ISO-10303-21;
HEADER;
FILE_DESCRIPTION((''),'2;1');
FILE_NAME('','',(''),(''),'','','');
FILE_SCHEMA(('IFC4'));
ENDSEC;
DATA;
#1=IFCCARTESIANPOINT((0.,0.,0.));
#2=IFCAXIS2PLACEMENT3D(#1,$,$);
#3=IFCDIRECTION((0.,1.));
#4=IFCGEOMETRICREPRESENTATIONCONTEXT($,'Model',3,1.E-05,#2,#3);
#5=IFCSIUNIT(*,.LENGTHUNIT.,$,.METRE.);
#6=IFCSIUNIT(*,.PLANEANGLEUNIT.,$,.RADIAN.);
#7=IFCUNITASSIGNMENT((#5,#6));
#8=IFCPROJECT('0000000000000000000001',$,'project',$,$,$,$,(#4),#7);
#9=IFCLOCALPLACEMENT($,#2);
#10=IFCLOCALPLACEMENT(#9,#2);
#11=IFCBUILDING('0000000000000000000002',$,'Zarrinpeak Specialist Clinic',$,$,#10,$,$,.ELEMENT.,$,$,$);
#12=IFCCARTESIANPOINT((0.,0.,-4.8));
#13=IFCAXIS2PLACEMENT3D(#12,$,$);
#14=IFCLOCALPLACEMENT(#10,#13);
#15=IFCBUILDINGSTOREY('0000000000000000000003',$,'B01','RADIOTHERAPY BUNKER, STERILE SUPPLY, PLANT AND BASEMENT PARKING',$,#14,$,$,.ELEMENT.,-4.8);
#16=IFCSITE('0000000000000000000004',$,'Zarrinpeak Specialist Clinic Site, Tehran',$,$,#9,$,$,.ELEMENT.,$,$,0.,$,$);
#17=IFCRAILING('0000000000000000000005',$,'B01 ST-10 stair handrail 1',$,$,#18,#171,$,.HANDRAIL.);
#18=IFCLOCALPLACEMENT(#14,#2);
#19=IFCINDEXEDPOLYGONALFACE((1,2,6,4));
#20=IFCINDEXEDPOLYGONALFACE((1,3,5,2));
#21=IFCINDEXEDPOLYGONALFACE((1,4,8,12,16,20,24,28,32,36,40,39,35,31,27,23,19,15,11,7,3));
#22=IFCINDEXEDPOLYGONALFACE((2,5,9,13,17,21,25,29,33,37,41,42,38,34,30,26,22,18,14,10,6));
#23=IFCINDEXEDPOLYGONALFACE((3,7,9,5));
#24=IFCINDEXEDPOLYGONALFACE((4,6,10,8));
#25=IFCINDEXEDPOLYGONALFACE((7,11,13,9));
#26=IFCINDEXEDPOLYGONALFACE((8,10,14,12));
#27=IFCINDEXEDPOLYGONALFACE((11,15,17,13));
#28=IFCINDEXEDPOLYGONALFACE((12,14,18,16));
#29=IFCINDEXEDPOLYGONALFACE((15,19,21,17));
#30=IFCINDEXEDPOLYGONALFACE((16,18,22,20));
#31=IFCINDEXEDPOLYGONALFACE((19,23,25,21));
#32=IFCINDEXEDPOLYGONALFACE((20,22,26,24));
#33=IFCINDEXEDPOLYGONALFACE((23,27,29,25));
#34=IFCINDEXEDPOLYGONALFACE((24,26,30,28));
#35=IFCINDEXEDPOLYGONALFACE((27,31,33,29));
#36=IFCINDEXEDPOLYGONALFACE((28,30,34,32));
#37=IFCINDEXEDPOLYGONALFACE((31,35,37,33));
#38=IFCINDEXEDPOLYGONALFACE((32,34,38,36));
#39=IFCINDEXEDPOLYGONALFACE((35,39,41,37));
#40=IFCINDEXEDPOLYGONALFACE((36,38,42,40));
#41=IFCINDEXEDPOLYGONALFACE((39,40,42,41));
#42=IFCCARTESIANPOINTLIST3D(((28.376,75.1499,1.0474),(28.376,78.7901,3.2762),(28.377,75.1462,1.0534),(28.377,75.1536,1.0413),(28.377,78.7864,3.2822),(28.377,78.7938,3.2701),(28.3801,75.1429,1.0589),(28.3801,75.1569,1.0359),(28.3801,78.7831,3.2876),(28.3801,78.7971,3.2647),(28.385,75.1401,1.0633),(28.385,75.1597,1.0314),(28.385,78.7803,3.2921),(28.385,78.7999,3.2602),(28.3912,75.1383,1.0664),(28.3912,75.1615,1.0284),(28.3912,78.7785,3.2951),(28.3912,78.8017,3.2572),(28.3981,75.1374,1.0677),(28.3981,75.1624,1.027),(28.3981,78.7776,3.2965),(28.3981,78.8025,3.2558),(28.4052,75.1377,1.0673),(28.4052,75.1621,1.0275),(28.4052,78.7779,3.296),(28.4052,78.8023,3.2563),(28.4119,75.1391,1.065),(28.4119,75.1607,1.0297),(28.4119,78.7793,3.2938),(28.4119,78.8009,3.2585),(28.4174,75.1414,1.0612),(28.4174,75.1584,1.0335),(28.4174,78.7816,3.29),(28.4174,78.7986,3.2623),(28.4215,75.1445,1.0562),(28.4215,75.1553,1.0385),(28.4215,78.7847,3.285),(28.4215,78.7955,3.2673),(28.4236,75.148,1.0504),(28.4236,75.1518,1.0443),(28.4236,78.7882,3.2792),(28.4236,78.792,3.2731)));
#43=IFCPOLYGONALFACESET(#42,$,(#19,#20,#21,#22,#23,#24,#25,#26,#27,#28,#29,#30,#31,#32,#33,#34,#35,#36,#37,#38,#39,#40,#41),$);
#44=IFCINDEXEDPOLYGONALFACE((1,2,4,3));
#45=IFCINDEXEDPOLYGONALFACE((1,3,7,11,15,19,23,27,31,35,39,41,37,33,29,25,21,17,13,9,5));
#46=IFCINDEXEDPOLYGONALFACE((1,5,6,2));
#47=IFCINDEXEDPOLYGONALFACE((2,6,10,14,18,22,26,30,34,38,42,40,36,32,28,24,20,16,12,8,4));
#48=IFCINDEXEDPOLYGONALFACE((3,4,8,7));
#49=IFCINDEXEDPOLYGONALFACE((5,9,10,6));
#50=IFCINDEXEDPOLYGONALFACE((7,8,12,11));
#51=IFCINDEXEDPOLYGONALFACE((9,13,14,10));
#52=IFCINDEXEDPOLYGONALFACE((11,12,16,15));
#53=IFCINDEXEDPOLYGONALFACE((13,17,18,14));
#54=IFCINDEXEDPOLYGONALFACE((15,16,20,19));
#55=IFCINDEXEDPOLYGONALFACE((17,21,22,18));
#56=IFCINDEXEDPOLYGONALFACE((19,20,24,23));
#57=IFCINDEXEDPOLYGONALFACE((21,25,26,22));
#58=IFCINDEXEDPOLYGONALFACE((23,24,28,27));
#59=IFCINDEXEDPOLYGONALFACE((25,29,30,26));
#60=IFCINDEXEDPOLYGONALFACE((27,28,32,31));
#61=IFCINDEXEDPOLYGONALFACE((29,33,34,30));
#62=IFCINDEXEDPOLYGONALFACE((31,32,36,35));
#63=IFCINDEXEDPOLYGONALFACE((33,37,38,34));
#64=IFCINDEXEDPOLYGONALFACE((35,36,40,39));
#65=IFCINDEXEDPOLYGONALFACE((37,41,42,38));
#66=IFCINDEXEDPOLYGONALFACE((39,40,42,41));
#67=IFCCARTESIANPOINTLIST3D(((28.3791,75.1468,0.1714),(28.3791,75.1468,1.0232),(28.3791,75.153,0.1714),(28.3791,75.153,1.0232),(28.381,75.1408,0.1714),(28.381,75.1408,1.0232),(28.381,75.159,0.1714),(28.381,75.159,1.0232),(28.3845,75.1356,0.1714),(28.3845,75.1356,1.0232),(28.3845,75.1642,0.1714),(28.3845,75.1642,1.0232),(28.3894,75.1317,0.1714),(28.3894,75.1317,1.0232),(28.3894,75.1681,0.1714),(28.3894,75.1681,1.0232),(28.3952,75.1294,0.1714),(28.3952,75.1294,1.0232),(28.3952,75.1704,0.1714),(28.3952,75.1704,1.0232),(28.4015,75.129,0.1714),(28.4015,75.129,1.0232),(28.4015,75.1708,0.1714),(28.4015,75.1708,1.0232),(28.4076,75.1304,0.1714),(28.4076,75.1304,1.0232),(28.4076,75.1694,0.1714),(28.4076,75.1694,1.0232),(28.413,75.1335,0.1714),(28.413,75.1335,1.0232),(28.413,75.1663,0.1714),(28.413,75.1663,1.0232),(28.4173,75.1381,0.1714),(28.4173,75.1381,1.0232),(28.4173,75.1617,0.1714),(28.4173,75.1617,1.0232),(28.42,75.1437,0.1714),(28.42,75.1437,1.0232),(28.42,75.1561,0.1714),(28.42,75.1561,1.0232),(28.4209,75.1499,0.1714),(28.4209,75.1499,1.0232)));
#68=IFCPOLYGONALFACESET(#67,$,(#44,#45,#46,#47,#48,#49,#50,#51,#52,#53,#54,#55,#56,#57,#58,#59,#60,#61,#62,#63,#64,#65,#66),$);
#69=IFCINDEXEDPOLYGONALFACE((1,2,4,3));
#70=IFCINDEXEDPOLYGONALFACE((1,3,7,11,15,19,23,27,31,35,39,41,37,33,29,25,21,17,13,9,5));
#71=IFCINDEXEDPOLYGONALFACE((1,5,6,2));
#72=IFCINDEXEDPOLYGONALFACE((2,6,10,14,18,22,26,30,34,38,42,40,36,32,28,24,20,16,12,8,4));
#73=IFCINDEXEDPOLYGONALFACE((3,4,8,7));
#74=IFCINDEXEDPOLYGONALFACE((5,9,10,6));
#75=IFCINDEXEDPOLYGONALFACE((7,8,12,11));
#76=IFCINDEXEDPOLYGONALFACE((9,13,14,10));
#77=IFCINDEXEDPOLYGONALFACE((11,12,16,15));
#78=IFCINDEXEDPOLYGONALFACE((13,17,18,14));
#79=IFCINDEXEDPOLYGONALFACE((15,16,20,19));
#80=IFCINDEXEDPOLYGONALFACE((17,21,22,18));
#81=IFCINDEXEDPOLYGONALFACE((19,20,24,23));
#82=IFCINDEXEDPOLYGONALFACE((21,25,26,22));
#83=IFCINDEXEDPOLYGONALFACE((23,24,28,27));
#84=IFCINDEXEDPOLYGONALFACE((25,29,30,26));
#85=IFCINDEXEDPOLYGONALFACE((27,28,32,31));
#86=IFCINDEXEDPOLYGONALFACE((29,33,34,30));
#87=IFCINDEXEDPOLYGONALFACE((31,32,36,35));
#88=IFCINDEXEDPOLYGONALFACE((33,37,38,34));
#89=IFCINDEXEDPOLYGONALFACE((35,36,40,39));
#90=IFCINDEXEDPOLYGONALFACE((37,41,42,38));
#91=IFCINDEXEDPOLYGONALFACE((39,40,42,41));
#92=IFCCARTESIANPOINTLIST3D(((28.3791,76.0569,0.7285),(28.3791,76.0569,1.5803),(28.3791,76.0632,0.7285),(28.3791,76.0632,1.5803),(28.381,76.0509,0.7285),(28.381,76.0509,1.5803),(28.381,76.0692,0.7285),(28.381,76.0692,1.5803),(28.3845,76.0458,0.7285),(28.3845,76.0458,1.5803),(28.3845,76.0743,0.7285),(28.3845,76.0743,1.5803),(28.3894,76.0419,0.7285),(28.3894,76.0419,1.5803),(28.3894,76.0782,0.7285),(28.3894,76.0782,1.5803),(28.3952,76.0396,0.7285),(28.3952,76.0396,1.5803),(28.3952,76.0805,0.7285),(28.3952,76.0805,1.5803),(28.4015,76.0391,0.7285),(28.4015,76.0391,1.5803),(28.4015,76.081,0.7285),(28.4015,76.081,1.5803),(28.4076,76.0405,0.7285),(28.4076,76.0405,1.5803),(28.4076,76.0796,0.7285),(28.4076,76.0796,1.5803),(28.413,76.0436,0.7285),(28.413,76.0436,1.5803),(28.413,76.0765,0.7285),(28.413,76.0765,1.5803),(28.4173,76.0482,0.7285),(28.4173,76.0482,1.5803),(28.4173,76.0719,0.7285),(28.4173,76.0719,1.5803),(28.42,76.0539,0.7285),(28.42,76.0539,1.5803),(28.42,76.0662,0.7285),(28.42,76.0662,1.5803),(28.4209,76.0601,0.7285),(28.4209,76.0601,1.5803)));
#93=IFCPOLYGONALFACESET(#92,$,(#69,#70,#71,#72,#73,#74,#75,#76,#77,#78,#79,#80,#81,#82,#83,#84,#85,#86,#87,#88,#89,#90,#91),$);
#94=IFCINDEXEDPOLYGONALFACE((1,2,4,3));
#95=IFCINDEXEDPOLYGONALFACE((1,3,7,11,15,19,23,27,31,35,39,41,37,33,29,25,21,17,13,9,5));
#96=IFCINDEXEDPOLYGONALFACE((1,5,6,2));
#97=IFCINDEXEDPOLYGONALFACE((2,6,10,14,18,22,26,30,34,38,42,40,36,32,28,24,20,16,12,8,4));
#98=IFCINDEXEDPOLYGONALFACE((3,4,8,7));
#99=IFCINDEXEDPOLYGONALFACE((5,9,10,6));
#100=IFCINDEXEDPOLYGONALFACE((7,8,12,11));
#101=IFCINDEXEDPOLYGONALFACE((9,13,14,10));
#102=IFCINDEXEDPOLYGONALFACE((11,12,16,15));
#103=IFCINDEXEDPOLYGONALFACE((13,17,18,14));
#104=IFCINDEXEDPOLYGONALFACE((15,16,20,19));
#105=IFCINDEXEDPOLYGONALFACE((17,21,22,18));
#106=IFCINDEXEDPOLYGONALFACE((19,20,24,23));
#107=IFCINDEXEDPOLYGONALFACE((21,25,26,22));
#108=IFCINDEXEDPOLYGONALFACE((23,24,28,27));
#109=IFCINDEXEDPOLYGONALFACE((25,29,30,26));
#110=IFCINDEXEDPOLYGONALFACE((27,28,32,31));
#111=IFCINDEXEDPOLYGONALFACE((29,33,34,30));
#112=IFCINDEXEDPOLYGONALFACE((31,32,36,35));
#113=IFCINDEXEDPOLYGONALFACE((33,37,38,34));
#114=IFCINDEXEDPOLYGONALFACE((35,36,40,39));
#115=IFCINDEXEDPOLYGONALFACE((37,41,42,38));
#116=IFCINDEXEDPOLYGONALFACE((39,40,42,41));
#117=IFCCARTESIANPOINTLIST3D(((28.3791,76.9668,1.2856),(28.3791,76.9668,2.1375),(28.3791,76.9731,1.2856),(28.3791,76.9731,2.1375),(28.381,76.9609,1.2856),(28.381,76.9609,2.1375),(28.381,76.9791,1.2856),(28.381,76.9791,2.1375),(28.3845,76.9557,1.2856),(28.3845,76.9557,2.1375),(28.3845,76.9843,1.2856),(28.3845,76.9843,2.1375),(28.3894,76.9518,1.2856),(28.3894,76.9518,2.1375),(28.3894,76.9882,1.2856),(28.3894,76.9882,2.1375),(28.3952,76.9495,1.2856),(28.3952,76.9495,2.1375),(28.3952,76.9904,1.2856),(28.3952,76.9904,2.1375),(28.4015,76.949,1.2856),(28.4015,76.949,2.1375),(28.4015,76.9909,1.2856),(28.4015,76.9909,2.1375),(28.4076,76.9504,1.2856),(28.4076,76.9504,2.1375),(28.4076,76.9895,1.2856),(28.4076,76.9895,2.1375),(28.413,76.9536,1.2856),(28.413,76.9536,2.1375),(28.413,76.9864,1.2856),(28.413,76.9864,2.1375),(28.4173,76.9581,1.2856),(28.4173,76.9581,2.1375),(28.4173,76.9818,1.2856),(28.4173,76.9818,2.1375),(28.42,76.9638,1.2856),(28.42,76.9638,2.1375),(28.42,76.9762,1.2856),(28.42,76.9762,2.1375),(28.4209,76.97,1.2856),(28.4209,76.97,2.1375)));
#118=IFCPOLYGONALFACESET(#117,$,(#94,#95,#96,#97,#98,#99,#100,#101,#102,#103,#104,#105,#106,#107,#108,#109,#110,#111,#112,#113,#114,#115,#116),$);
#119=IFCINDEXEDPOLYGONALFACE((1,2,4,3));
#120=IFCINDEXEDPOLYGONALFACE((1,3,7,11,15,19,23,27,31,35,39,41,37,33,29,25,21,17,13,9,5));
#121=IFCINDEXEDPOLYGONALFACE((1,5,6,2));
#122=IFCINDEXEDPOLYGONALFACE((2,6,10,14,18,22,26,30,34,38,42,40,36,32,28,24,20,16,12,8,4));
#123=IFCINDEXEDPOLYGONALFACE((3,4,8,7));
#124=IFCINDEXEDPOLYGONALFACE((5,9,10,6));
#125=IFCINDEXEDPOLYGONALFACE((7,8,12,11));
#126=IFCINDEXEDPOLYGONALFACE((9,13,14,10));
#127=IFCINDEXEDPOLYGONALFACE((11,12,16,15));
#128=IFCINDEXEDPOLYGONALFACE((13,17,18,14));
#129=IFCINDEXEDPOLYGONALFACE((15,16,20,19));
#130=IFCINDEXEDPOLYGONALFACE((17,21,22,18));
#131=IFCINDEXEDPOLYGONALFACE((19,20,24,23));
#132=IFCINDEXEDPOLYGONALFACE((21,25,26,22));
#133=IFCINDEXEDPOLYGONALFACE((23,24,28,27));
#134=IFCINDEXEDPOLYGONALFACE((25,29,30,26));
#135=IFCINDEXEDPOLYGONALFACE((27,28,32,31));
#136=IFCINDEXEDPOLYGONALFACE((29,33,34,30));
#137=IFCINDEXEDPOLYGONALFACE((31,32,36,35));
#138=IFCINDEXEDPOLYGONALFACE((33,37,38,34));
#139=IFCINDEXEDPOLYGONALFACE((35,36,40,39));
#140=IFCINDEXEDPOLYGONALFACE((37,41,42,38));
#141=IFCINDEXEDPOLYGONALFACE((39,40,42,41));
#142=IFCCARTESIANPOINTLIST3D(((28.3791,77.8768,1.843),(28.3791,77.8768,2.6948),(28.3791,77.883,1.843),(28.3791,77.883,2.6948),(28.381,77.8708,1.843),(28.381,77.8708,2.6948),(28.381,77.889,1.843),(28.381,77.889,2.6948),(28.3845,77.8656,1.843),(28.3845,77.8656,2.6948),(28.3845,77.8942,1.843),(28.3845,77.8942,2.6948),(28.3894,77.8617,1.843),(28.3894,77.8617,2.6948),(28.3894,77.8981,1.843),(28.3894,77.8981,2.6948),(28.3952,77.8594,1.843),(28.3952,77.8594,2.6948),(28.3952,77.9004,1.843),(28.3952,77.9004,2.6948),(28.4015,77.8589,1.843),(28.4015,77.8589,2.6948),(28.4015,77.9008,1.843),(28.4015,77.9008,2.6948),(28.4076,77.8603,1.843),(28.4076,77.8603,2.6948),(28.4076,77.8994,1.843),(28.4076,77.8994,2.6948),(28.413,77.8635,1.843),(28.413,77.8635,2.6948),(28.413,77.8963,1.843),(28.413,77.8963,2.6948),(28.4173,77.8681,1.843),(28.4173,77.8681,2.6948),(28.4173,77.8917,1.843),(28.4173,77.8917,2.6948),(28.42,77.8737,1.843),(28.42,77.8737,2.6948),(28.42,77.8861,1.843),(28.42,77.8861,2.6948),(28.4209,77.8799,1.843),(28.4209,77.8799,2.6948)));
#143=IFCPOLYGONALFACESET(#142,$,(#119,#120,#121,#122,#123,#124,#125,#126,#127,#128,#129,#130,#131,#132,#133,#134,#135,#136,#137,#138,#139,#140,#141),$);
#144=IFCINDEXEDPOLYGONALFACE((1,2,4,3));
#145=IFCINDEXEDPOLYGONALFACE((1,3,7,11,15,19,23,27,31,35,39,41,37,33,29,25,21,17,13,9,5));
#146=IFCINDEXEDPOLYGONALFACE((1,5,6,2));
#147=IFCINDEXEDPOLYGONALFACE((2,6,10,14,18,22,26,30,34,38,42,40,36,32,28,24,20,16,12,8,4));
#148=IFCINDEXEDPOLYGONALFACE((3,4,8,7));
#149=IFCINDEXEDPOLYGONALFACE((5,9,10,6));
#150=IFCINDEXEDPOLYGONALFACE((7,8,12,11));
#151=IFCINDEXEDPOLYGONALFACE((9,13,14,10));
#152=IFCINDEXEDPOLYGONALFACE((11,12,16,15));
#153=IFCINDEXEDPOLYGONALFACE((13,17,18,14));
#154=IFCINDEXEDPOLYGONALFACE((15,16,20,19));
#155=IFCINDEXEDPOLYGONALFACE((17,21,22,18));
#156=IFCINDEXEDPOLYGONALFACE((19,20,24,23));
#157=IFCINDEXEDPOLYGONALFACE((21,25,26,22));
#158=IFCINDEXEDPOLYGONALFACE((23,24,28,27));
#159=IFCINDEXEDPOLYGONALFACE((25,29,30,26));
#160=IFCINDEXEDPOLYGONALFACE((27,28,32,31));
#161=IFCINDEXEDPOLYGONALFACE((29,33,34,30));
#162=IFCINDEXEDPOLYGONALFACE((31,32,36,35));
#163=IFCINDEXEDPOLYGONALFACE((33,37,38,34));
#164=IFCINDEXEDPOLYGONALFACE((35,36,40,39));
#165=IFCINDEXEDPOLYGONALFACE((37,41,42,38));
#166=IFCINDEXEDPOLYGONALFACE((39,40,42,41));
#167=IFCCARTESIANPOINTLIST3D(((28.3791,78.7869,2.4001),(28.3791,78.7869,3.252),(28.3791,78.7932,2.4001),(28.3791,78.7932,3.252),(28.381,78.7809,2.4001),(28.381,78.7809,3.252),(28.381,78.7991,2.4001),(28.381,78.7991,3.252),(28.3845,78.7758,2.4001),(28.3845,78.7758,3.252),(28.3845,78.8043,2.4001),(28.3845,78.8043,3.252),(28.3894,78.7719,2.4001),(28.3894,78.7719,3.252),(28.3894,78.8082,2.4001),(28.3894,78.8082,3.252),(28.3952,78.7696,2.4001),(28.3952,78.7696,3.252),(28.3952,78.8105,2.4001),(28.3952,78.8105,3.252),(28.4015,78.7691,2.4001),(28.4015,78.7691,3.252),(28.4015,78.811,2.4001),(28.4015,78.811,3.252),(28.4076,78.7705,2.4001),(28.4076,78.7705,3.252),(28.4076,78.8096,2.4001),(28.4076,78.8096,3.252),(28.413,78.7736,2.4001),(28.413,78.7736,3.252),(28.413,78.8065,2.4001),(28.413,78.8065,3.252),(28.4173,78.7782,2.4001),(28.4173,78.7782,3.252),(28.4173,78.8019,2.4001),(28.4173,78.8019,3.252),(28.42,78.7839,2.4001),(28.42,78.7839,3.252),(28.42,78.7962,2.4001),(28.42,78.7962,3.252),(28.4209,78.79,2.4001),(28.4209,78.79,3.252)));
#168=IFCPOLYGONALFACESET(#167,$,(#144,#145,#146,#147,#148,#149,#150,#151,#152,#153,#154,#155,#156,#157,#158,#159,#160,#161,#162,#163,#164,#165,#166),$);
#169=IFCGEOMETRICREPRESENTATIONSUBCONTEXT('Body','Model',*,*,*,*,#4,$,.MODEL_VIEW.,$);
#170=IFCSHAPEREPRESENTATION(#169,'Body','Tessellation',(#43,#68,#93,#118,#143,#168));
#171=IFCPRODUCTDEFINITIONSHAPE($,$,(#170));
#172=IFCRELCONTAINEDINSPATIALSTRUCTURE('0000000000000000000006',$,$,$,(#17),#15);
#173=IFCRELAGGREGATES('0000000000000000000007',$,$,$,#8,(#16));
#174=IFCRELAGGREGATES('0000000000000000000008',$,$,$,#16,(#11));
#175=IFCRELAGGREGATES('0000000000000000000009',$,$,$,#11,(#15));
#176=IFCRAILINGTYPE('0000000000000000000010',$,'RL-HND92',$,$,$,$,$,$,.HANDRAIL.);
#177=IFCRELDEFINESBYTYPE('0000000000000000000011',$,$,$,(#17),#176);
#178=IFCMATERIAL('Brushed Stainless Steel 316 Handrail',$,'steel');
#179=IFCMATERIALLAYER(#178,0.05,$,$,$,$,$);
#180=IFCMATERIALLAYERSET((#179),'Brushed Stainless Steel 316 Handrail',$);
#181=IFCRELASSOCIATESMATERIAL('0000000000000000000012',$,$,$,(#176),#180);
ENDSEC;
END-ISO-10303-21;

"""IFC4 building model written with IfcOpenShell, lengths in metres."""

from ifc_helpers import new_model, si_unit, direction, frame, origin, origin_2d, place, context, subcontext, project, spatial, circle, extrude, material, layer, layer_set, type_object, element, save


model = new_model("IFC4")

# Units and contexts
model_context = context("Model", 3, precision=1e-05, world=origin(), true_north=direction((0.0, 1.0)))
body_context = subcontext(model_context, "Body", "Model", "MODEL_VIEW")
ifc_project = project(units=[si_unit("LENGTHUNIT", "METRE"), si_unit("PLANEANGLEUNIT", "RADIAN")], contexts=[model_context])

# Site, building, storey
site_placement = place(None, origin())
site = spatial("IfcSite", under=ifc_project, at=site_placement, Name="Zarrinpeak Specialist Clinic Site, Tehran", CompositionType="ELEMENT", RefElevation=0.0)
building_placement = place(site_placement, origin())
building = spatial("IfcBuilding", under=site, at=building_placement, Name="Zarrinpeak Specialist Clinic", CompositionType="ELEMENT")
storey_placement = place(building_placement, frame((0.0, 0.0, -4.8)))
storey = spatial("IfcBuildingStorey", under=building, at=storey_placement, Name="B01", Description="RADIOTHERAPY BUNKER, STERILE SUPPLY, PLANT AND BASEMENT PARKING", CompositionType="ELEMENT", Elevation=-4.8)

# Railing
ifc_material_1 = material(Name="Brushed Stainless Steel 316 Handrail", Category="steel")
ifc_layer_1 = layer(ifc_material_1, 0.05)
ifc_layer_set_1 = layer_set([ifc_layer_1], Name="Brushed Stainless Steel 316 Handrail")
railing_type_1 = type_object("IfcRailingType", Name="RL-HND92", PredefinedType="HANDRAIL", material=ifc_layer_set_1)
railing_1_placement = place(storey_placement, frame((28.3999, 75.1499, 0.1714)))
element("IfcRailing", 1, at=railing_1_placement, inside=storey, type_object=railing_type_1, Name="B01 ST-10 stair handrail 1", PredefinedType="HANDRAIL", context=body_context, shape_type="SweptSolid", body=[
    extrude(circle(Radius=0.0239, at=origin_2d()), frame((0.0, 0.0, 0.876), z_axis=(0.0, 0.85284, 0.522172), x_axis=(-1.0, 0.0, 0.0)), (0.0, 0.0, 1.0), 4.2683),
    extrude(circle(Radius=0.021, at=origin_2d()), origin(), (0.0, 0.0, 1.0), 0.8518),
    extrude(circle(Radius=0.021, at=origin_2d()), frame((0.0, 0.9102, 0.5571)), (0.0, 0.0, 1.0), 0.8518),
    extrude(circle(Radius=0.021, at=origin_2d()), frame((0.0, 1.8201, 1.1143)), (0.0, 0.0, 1.0), 0.8518),
    extrude(circle(Radius=0.021, at=origin_2d()), frame((0.0, 2.73, 1.6716)), (0.0, 0.0, 1.0), 0.8518),
    extrude(circle(Radius=0.021, at=origin_2d()), frame((0.0, 3.6401, 2.2288)), (0.0, 0.0, 1.0), 0.8518),
])

save(model, "model.ifc")
